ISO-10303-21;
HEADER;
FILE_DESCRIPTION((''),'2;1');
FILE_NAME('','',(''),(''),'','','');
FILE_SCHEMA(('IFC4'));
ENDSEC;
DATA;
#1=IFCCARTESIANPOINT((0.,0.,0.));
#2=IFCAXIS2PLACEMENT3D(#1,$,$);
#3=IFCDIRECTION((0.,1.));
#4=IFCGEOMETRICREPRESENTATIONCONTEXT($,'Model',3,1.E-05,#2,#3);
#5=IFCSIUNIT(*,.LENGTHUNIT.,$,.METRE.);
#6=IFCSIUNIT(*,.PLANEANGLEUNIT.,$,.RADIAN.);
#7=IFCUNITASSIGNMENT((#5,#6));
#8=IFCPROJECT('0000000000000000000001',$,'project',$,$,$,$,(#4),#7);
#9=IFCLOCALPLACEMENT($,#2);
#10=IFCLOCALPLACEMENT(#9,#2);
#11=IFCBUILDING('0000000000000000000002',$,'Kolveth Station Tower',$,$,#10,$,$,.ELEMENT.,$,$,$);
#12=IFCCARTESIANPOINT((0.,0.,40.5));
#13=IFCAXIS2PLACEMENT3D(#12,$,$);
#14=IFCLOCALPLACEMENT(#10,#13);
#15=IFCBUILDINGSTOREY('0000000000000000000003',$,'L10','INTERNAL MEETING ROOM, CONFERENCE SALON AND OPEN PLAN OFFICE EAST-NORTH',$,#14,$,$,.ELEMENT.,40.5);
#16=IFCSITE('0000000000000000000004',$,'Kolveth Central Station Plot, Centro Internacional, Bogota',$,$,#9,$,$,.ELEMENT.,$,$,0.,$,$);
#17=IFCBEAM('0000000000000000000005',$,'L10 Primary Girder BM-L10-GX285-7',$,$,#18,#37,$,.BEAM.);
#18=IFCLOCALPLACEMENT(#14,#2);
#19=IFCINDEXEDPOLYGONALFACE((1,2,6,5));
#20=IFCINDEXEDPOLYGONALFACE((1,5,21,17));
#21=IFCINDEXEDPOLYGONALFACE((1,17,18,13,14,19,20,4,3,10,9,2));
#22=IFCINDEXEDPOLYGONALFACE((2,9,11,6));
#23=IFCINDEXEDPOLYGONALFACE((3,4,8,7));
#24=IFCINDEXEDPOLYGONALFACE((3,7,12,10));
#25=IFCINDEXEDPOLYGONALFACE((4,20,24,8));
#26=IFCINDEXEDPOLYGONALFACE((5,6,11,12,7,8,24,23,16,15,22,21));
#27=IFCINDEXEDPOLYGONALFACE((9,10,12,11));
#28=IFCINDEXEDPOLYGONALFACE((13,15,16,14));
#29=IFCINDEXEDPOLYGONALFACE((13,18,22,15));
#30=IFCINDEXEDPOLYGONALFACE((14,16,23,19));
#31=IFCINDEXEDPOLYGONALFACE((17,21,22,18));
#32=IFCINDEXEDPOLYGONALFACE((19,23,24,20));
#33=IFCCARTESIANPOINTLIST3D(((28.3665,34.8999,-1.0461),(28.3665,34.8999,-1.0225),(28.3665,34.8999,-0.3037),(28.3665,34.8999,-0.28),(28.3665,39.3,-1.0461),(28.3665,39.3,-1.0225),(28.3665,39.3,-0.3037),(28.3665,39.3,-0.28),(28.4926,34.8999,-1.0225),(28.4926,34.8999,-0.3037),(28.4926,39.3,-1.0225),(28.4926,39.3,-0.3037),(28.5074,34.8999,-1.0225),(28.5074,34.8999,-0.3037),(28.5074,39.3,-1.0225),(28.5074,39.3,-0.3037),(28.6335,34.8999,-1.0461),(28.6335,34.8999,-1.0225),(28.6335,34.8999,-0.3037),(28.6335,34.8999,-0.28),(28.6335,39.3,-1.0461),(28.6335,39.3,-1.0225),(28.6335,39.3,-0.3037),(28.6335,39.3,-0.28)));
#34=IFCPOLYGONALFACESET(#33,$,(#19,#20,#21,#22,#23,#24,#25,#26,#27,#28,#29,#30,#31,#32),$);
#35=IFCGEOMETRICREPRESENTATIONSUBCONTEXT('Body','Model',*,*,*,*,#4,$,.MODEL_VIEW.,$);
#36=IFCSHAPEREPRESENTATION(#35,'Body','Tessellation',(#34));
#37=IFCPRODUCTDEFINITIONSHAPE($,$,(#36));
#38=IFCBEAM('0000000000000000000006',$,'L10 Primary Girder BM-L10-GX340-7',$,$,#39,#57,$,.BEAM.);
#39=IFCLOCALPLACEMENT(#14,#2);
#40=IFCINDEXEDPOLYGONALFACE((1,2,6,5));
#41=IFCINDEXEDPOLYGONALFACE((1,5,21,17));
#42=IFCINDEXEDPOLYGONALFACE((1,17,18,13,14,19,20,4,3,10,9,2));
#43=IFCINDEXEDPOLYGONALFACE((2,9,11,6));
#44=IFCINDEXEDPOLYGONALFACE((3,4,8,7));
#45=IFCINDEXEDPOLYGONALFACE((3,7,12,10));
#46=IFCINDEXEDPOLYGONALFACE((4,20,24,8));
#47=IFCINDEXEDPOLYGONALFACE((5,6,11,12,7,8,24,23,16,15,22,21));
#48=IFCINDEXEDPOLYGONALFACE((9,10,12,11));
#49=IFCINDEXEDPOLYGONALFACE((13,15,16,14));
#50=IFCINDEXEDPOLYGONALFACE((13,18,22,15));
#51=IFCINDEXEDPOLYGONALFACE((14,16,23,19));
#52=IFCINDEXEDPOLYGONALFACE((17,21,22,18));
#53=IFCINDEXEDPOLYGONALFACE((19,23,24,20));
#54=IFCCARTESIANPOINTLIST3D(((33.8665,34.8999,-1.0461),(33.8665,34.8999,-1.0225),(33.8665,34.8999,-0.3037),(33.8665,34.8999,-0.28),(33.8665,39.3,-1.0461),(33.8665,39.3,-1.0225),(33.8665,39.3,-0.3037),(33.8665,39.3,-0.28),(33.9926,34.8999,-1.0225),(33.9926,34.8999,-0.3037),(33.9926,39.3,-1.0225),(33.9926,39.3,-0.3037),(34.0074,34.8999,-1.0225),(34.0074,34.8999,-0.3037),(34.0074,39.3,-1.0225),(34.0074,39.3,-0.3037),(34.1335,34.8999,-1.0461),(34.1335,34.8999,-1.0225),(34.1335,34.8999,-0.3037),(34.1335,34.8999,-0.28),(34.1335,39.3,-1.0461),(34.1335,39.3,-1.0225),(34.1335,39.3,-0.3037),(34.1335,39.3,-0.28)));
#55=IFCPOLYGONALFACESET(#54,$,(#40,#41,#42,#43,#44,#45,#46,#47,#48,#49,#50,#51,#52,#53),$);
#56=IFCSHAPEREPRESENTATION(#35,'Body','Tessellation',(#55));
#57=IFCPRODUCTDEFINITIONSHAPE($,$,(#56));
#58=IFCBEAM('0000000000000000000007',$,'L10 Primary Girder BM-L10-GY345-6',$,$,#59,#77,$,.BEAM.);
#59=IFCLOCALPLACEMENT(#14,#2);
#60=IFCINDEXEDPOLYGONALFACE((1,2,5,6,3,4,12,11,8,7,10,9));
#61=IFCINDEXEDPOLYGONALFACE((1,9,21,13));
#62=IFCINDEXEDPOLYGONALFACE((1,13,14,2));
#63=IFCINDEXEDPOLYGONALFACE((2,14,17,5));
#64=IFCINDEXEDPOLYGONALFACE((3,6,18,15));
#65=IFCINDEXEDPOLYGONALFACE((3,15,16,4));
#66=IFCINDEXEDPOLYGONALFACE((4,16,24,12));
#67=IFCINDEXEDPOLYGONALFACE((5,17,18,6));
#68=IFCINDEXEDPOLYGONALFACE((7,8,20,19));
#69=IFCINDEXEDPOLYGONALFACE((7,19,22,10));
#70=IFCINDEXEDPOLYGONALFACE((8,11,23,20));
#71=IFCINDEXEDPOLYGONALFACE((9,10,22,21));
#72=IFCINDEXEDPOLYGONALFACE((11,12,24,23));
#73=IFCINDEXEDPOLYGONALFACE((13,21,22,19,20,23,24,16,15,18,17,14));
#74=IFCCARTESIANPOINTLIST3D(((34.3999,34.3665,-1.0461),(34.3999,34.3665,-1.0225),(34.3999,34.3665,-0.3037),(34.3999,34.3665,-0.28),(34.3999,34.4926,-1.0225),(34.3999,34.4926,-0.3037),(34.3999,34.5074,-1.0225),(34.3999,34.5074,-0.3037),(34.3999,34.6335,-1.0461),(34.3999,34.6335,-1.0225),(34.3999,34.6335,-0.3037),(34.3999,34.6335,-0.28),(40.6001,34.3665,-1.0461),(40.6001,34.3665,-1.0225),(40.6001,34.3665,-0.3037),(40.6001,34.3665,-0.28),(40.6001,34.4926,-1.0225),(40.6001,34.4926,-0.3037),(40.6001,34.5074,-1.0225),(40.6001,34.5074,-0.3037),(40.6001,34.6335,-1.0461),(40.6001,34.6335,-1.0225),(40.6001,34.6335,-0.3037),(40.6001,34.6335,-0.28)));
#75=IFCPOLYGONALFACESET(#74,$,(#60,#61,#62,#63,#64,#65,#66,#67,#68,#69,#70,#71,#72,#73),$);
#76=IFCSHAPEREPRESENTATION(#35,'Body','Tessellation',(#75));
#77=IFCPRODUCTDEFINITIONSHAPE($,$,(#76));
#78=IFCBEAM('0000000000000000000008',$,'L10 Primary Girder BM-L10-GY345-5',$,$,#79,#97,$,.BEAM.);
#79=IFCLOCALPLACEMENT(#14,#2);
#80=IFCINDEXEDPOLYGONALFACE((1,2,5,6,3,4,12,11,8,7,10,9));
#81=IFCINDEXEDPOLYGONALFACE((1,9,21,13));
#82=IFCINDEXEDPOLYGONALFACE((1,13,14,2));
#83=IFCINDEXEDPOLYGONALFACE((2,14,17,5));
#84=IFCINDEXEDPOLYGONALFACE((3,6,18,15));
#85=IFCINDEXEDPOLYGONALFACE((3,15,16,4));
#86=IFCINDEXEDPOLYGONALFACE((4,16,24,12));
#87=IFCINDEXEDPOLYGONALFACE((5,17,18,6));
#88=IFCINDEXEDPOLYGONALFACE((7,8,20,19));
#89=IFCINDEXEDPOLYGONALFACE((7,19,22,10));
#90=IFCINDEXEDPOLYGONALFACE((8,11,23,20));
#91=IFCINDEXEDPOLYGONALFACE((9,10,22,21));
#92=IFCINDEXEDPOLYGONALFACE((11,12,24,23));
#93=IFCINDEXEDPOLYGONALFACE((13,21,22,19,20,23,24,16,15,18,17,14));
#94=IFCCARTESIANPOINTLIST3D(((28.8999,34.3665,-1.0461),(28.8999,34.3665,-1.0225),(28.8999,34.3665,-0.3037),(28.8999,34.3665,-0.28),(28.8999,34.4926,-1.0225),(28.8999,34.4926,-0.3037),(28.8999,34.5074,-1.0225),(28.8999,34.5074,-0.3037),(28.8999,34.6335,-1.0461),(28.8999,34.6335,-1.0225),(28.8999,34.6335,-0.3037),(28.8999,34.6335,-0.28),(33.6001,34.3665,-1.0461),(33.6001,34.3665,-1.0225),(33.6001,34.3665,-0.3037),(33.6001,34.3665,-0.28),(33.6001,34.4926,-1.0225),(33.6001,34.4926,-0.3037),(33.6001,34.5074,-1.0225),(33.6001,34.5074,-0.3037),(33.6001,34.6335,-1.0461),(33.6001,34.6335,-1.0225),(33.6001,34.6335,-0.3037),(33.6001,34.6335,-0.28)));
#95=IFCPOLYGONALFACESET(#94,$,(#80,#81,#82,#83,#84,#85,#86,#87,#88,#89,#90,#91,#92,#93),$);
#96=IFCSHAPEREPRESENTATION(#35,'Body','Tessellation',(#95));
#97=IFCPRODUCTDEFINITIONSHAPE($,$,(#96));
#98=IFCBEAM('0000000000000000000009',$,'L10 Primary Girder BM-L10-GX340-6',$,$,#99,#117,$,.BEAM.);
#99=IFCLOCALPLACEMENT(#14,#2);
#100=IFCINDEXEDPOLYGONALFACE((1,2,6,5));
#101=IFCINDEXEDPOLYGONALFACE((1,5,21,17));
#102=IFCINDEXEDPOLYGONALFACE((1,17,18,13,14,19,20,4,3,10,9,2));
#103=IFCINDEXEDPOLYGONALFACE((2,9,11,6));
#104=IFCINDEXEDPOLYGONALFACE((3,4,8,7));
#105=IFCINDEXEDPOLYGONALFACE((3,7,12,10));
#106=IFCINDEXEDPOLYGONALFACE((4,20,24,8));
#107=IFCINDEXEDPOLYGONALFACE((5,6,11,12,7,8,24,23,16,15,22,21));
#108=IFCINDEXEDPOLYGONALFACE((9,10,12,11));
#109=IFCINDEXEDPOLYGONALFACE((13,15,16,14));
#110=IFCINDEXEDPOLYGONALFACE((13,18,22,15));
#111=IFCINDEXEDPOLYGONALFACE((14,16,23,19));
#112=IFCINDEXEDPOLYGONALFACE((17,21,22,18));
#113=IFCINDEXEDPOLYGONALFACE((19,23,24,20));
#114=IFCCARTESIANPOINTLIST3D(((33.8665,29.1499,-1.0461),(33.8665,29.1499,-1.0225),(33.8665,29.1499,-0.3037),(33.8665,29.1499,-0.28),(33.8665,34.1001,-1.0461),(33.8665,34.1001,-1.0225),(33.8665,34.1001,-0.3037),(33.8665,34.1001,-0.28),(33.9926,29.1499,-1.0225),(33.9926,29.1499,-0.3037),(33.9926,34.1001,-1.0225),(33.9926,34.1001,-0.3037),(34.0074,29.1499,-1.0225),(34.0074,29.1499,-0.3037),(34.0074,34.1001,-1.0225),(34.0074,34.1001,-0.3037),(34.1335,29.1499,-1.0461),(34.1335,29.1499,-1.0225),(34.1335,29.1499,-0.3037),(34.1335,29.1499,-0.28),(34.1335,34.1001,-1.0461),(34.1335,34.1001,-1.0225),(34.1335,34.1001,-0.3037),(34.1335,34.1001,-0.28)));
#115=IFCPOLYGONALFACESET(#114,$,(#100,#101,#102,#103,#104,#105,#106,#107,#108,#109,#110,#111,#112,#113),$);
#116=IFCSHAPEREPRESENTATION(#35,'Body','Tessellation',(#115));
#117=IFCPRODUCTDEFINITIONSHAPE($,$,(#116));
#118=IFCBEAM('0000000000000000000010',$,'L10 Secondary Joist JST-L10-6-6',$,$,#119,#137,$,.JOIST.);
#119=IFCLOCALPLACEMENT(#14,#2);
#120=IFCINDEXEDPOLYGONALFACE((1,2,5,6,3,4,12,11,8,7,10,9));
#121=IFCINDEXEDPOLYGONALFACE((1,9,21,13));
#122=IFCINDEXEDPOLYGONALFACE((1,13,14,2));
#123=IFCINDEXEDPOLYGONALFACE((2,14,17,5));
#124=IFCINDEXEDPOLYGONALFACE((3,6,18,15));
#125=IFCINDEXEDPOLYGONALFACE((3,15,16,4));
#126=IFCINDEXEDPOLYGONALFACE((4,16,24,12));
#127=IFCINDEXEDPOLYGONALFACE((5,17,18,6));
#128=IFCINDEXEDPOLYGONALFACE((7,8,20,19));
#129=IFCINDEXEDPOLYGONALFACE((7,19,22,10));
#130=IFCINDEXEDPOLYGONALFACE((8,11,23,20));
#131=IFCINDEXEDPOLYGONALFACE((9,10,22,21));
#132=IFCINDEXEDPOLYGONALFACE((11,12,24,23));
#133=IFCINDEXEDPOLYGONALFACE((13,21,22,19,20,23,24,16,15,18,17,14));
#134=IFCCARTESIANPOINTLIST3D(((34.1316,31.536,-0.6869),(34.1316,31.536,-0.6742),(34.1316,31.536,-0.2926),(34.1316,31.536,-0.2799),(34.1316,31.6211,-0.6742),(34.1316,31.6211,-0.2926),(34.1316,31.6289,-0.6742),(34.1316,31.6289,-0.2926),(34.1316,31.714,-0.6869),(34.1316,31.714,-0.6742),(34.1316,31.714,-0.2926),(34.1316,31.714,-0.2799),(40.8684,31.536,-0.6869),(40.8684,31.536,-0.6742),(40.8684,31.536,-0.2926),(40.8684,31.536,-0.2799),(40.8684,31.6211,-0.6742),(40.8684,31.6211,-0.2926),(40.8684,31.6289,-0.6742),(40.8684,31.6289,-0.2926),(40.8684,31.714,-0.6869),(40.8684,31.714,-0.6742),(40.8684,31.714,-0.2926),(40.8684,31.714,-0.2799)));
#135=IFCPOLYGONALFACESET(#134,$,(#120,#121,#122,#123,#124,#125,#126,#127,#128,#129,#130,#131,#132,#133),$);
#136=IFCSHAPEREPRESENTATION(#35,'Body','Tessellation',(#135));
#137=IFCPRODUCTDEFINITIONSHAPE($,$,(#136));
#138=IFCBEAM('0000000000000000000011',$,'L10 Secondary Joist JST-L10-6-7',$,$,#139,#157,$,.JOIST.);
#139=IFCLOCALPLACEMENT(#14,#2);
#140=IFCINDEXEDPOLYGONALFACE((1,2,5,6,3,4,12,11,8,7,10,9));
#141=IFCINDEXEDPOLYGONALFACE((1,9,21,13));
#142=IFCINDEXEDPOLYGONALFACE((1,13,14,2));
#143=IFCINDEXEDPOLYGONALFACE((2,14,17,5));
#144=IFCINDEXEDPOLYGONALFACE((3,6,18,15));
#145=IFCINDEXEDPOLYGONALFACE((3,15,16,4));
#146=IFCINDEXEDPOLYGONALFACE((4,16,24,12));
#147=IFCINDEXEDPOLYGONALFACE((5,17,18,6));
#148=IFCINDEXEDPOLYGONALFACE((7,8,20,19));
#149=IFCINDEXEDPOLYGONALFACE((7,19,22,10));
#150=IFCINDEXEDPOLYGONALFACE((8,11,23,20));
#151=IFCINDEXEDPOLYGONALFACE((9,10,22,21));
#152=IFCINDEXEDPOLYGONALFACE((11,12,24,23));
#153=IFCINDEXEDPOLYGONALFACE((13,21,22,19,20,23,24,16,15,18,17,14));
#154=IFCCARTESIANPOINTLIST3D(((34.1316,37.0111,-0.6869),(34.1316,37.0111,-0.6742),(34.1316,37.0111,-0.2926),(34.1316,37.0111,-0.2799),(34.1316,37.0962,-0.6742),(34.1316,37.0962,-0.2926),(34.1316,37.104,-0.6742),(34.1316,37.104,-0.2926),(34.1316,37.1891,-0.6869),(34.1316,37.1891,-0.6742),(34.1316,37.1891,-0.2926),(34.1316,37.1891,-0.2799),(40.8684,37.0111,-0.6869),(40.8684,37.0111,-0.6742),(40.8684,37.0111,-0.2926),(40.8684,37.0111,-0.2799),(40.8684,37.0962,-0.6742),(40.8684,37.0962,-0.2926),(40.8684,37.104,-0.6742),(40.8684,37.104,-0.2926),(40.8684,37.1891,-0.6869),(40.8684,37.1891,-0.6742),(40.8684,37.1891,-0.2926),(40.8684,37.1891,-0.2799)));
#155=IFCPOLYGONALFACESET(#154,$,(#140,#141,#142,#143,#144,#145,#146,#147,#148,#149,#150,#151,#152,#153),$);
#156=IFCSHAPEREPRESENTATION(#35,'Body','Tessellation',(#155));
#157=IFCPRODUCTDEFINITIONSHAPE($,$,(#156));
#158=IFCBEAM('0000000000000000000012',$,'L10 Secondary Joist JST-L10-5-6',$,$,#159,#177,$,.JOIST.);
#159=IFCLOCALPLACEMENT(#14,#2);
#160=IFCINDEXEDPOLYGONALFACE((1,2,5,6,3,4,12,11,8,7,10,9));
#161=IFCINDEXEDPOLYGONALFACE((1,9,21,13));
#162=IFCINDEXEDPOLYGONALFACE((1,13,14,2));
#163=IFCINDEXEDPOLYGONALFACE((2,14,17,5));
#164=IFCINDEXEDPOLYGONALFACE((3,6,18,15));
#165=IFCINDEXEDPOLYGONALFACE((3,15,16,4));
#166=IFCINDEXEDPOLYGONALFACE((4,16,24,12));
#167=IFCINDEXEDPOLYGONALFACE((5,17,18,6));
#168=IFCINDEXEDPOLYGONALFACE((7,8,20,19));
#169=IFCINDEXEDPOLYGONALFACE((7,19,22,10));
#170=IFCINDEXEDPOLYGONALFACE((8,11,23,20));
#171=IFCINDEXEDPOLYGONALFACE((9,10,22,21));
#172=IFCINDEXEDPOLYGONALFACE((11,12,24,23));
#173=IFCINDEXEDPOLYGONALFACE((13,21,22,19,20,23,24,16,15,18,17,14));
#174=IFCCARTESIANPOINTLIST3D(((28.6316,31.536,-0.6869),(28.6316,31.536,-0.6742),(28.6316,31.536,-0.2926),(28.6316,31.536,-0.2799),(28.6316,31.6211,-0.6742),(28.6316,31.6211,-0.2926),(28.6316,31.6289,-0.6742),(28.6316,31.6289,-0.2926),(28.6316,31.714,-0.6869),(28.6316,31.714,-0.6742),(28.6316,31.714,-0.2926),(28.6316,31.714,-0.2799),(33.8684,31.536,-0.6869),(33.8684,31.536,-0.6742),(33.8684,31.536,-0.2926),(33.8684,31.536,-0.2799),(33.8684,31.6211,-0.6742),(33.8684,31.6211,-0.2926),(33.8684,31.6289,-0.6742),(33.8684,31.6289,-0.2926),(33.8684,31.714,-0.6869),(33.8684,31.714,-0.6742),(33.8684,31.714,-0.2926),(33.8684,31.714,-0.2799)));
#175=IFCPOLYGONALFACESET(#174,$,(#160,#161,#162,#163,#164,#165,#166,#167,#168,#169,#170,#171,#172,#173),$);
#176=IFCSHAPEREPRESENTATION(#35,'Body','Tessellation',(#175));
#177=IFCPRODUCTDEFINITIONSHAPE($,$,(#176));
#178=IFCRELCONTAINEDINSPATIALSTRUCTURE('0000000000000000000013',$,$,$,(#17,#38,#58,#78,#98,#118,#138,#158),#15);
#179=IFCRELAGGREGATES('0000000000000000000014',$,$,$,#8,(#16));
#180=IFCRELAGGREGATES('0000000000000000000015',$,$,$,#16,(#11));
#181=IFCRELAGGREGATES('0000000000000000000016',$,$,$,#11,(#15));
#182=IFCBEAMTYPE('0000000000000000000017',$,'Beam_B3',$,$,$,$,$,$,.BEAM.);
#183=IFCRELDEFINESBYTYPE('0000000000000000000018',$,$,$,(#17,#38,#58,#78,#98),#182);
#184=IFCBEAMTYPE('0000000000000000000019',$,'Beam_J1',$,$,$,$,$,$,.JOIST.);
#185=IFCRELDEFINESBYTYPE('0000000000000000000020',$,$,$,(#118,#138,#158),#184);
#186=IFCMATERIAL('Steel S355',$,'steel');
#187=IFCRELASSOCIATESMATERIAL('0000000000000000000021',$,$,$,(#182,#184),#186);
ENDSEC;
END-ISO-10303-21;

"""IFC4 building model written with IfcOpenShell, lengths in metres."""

from ifc_helpers import new_model, si_unit, direction, frame, origin, origin_2d, place, context, subcontext, project, spatial, i_section, extrude, source, transform, mapped, material, material_profile, profile_set, type_object, element, save


model = new_model("IFC4")

# Units and contexts
model_context = context("Model", 3, precision=1e-05, world=origin(), true_north=direction((0.0, 1.0)))
body_context = subcontext(model_context, "Body", "Model", "MODEL_VIEW")
ifc_project = project(units=[si_unit("LENGTHUNIT", "METRE"), si_unit("PLANEANGLEUNIT", "RADIAN")], contexts=[model_context])

# Site, building, storey
site_placement = place(None, origin())
site = spatial("IfcSite", under=ifc_project, at=site_placement, Name="Kolveth Central Station Plot, Centro Internacional, Bogota", CompositionType="ELEMENT", RefElevation=0.0)
building_placement = place(site_placement, origin())
building = spatial("IfcBuilding", under=site, at=building_placement, Name="Kolveth Station Tower", CompositionType="ELEMENT")
storey_placement = place(building_placement, frame((0.0, 0.0, 40.5)))
storey = spatial("IfcBuildingStorey", under=building, at=storey_placement, Name="L10", Description="INTERNAL MEETING ROOM, CONFERENCE SALON AND OPEN PLAN OFFICE EAST-NORTH", CompositionType="ELEMENT", Elevation=40.5)

# Shared definitions
ifc_material_1 = material(Name="Steel S355", Category="steel")

# Beams
ifc_material_profile_1 = material_profile(ifc_material_1, i_section(OverallWidth=0.2671, OverallDepth=0.7661, WebThickness=0.0149, FlangeThickness=0.0237, at=origin_2d()), Name="W760x185")
ifc_profile_set_1 = profile_set([ifc_material_profile_1], Name="Steel S355")
beam_type_1 = type_object("IfcBeamType", Name="Beam_B3", PredefinedType="BEAM", material=ifc_profile_set_1)
shared_shape_1 = source(origin(), body_context, "Body", "SweptSolid", [
    extrude(i_section(OverallWidth=0.2671, OverallDepth=0.7661, WebThickness=0.0149, FlangeThickness=0.0237, at=origin_2d()), origin(), (0.0, 0.0, 1.0), 4.4001),
])
for number, where, z_axis, x_axis, name in (
    (1, (28.5, 34.8999, -0.6631), (0.0, 1.0, 0.0), (-1.0, 0.0, 0.0), "L10 Primary Girder BM-L10-GX285-7"),
    (2, (34.0, 34.8999, -0.6631), (0.0, 1.0, 0.0), (-1.0, 0.0, 0.0), "L10 Primary Girder BM-L10-GX340-7"),
):
    element("IfcBeam", number, at=place(storey_placement, frame(where, z_axis=z_axis, x_axis=x_axis)), inside=storey, type_object=beam_type_1, Name=name, PredefinedType="BEAM", context=body_context, shape_type="MappedRepresentation", body=[
        mapped(shared_shape_1, transform((0.0, 0.0, 0.0), x_axis=(1.0, 0.0, 0.0), y_axis=(0.0, 1.0, 0.0), z_axis=(0.0, 0.0, 1.0), scale=1.0)),
    ])
shared_shape_2 = source(origin(), body_context, "Body", "SweptSolid", [
    extrude(i_section(OverallWidth=0.2671, OverallDepth=0.7661, WebThickness=0.0149, FlangeThickness=0.0237, at=origin_2d()), origin(), (0.0, 0.0, 1.0), 6.2002),
])
beam_1_placement = place(storey_placement, frame((34.3999, 34.5, -0.6631), z_axis=(1.0, 0.0, 0.0), x_axis=(0.0, 1.0, 0.0)))
element("IfcBeam", 3, at=beam_1_placement, inside=storey, type_object=beam_type_1, Name="L10 Primary Girder BM-L10-GY345-6", PredefinedType="BEAM", context=body_context, shape_type="MappedRepresentation", body=[
    mapped(shared_shape_2, transform((0.0, 0.0, 0.0), x_axis=(1.0, 0.0, 0.0), y_axis=(0.0, 1.0, 0.0), z_axis=(0.0, 0.0, 1.0), scale=1.0)),
])
shared_shape_3 = source(origin(), body_context, "Body", "SweptSolid", [
    extrude(i_section(OverallWidth=0.2671, OverallDepth=0.7661, WebThickness=0.0149, FlangeThickness=0.0237, at=origin_2d()), origin(), (0.0, 0.0, 1.0), 4.7002),
])
beam_2_placement = place(storey_placement, frame((28.8999, 34.5, -0.6631), z_axis=(1.0, 0.0, 0.0), x_axis=(0.0, 1.0, 0.0)))
element("IfcBeam", 4, at=beam_2_placement, inside=storey, type_object=beam_type_1, Name="L10 Primary Girder BM-L10-GY345-5", PredefinedType="BEAM", context=body_context, shape_type="MappedRepresentation", body=[
    mapped(shared_shape_3, transform((0.0, 0.0, 0.0), x_axis=(1.0, 0.0, 0.0), y_axis=(0.0, 1.0, 0.0), z_axis=(0.0, 0.0, 1.0), scale=1.0)),
])
shared_shape_4 = source(origin(), body_context, "Body", "SweptSolid", [
    extrude(i_section(OverallWidth=0.2671, OverallDepth=0.7661, WebThickness=0.0149, FlangeThickness=0.0237, at=origin_2d()), origin(), (0.0, 0.0, 1.0), 4.9502),
])
beam_3_placement = place(storey_placement, frame((34.0, 29.1499, -0.6631), z_axis=(0.0, 1.0, 0.0), x_axis=(-1.0, 0.0, 0.0)))
element("IfcBeam", 5, at=beam_3_placement, inside=storey, type_object=beam_type_1, Name="L10 Primary Girder BM-L10-GX340-6", PredefinedType="BEAM", context=body_context, shape_type="MappedRepresentation", body=[
    mapped(shared_shape_4, transform((0.0, 0.0, 0.0), x_axis=(1.0, 0.0, 0.0), y_axis=(0.0, 1.0, 0.0), z_axis=(0.0, 0.0, 1.0), scale=1.0)),
])
ifc_material_profile_2 = material_profile(ifc_material_1, i_section(OverallWidth=0.178, OverallDepth=0.407, WebThickness=0.0078, FlangeThickness=0.0127, at=origin_2d()), Name="W410x60")
ifc_profile_set_2 = profile_set([ifc_material_profile_2], Name="Steel S355")
beam_type_2 = type_object("IfcBeamType", Name="Beam_J1", PredefinedType="JOIST", material=ifc_profile_set_2)
shared_shape_5 = source(origin(), body_context, "Body", "SweptSolid", [
    extrude(i_section(OverallWidth=0.178, OverallDepth=0.407, WebThickness=0.0078, FlangeThickness=0.0127, at=origin_2d()), origin(), (0.0, 0.0, 1.0), 6.7368),
])
for number, where, z_axis, x_axis, name in (
    (6, (34.1316, 31.625, -0.4834), (1.0, 0.0, 0.0), (0.0, 1.0, 0.0), "L10 Secondary Joist JST-L10-6-6"),
    (7, (34.1316, 37.1001, -0.4834), (1.0, 0.0, 0.0), (0.0, 1.0, 0.0), "L10 Secondary Joist JST-L10-6-7"),
):
    element("IfcBeam", number, at=place(storey_placement, frame(where, z_axis=z_axis, x_axis=x_axis)), inside=storey, type_object=beam_type_2, Name=name, PredefinedType="JOIST", context=body_context, shape_type="MappedRepresentation", body=[
        mapped(shared_shape_5, transform((0.0, 0.0, 0.0), x_axis=(1.0, 0.0, 0.0), y_axis=(0.0, 1.0, 0.0), z_axis=(0.0, 0.0, 1.0), scale=1.0)),
    ])
shared_shape_6 = source(origin(), body_context, "Body", "SweptSolid", [
    extrude(i_section(OverallWidth=0.178, OverallDepth=0.407, WebThickness=0.0078, FlangeThickness=0.0127, at=origin_2d()), origin(), (0.0, 0.0, 1.0), 5.2368),
])
for number, where, z_axis, x_axis, name in (
    (8, (28.6316, 31.625, -0.4834), (1.0, 0.0, 0.0), (0.0, 1.0, 0.0), "L10 Secondary Joist JST-L10-5-6"),
):
    element("IfcBeam", number, at=place(storey_placement, frame(where, z_axis=z_axis, x_axis=x_axis)), inside=storey, type_object=beam_type_2, Name=name, PredefinedType="JOIST", context=body_context, shape_type="MappedRepresentation", body=[
        mapped(shared_shape_6, transform((0.0, 0.0, 0.0), x_axis=(1.0, 0.0, 0.0), y_axis=(0.0, 1.0, 0.0), z_axis=(0.0, 0.0, 1.0), scale=1.0)),
    ])

save(model, "model.ifc")
